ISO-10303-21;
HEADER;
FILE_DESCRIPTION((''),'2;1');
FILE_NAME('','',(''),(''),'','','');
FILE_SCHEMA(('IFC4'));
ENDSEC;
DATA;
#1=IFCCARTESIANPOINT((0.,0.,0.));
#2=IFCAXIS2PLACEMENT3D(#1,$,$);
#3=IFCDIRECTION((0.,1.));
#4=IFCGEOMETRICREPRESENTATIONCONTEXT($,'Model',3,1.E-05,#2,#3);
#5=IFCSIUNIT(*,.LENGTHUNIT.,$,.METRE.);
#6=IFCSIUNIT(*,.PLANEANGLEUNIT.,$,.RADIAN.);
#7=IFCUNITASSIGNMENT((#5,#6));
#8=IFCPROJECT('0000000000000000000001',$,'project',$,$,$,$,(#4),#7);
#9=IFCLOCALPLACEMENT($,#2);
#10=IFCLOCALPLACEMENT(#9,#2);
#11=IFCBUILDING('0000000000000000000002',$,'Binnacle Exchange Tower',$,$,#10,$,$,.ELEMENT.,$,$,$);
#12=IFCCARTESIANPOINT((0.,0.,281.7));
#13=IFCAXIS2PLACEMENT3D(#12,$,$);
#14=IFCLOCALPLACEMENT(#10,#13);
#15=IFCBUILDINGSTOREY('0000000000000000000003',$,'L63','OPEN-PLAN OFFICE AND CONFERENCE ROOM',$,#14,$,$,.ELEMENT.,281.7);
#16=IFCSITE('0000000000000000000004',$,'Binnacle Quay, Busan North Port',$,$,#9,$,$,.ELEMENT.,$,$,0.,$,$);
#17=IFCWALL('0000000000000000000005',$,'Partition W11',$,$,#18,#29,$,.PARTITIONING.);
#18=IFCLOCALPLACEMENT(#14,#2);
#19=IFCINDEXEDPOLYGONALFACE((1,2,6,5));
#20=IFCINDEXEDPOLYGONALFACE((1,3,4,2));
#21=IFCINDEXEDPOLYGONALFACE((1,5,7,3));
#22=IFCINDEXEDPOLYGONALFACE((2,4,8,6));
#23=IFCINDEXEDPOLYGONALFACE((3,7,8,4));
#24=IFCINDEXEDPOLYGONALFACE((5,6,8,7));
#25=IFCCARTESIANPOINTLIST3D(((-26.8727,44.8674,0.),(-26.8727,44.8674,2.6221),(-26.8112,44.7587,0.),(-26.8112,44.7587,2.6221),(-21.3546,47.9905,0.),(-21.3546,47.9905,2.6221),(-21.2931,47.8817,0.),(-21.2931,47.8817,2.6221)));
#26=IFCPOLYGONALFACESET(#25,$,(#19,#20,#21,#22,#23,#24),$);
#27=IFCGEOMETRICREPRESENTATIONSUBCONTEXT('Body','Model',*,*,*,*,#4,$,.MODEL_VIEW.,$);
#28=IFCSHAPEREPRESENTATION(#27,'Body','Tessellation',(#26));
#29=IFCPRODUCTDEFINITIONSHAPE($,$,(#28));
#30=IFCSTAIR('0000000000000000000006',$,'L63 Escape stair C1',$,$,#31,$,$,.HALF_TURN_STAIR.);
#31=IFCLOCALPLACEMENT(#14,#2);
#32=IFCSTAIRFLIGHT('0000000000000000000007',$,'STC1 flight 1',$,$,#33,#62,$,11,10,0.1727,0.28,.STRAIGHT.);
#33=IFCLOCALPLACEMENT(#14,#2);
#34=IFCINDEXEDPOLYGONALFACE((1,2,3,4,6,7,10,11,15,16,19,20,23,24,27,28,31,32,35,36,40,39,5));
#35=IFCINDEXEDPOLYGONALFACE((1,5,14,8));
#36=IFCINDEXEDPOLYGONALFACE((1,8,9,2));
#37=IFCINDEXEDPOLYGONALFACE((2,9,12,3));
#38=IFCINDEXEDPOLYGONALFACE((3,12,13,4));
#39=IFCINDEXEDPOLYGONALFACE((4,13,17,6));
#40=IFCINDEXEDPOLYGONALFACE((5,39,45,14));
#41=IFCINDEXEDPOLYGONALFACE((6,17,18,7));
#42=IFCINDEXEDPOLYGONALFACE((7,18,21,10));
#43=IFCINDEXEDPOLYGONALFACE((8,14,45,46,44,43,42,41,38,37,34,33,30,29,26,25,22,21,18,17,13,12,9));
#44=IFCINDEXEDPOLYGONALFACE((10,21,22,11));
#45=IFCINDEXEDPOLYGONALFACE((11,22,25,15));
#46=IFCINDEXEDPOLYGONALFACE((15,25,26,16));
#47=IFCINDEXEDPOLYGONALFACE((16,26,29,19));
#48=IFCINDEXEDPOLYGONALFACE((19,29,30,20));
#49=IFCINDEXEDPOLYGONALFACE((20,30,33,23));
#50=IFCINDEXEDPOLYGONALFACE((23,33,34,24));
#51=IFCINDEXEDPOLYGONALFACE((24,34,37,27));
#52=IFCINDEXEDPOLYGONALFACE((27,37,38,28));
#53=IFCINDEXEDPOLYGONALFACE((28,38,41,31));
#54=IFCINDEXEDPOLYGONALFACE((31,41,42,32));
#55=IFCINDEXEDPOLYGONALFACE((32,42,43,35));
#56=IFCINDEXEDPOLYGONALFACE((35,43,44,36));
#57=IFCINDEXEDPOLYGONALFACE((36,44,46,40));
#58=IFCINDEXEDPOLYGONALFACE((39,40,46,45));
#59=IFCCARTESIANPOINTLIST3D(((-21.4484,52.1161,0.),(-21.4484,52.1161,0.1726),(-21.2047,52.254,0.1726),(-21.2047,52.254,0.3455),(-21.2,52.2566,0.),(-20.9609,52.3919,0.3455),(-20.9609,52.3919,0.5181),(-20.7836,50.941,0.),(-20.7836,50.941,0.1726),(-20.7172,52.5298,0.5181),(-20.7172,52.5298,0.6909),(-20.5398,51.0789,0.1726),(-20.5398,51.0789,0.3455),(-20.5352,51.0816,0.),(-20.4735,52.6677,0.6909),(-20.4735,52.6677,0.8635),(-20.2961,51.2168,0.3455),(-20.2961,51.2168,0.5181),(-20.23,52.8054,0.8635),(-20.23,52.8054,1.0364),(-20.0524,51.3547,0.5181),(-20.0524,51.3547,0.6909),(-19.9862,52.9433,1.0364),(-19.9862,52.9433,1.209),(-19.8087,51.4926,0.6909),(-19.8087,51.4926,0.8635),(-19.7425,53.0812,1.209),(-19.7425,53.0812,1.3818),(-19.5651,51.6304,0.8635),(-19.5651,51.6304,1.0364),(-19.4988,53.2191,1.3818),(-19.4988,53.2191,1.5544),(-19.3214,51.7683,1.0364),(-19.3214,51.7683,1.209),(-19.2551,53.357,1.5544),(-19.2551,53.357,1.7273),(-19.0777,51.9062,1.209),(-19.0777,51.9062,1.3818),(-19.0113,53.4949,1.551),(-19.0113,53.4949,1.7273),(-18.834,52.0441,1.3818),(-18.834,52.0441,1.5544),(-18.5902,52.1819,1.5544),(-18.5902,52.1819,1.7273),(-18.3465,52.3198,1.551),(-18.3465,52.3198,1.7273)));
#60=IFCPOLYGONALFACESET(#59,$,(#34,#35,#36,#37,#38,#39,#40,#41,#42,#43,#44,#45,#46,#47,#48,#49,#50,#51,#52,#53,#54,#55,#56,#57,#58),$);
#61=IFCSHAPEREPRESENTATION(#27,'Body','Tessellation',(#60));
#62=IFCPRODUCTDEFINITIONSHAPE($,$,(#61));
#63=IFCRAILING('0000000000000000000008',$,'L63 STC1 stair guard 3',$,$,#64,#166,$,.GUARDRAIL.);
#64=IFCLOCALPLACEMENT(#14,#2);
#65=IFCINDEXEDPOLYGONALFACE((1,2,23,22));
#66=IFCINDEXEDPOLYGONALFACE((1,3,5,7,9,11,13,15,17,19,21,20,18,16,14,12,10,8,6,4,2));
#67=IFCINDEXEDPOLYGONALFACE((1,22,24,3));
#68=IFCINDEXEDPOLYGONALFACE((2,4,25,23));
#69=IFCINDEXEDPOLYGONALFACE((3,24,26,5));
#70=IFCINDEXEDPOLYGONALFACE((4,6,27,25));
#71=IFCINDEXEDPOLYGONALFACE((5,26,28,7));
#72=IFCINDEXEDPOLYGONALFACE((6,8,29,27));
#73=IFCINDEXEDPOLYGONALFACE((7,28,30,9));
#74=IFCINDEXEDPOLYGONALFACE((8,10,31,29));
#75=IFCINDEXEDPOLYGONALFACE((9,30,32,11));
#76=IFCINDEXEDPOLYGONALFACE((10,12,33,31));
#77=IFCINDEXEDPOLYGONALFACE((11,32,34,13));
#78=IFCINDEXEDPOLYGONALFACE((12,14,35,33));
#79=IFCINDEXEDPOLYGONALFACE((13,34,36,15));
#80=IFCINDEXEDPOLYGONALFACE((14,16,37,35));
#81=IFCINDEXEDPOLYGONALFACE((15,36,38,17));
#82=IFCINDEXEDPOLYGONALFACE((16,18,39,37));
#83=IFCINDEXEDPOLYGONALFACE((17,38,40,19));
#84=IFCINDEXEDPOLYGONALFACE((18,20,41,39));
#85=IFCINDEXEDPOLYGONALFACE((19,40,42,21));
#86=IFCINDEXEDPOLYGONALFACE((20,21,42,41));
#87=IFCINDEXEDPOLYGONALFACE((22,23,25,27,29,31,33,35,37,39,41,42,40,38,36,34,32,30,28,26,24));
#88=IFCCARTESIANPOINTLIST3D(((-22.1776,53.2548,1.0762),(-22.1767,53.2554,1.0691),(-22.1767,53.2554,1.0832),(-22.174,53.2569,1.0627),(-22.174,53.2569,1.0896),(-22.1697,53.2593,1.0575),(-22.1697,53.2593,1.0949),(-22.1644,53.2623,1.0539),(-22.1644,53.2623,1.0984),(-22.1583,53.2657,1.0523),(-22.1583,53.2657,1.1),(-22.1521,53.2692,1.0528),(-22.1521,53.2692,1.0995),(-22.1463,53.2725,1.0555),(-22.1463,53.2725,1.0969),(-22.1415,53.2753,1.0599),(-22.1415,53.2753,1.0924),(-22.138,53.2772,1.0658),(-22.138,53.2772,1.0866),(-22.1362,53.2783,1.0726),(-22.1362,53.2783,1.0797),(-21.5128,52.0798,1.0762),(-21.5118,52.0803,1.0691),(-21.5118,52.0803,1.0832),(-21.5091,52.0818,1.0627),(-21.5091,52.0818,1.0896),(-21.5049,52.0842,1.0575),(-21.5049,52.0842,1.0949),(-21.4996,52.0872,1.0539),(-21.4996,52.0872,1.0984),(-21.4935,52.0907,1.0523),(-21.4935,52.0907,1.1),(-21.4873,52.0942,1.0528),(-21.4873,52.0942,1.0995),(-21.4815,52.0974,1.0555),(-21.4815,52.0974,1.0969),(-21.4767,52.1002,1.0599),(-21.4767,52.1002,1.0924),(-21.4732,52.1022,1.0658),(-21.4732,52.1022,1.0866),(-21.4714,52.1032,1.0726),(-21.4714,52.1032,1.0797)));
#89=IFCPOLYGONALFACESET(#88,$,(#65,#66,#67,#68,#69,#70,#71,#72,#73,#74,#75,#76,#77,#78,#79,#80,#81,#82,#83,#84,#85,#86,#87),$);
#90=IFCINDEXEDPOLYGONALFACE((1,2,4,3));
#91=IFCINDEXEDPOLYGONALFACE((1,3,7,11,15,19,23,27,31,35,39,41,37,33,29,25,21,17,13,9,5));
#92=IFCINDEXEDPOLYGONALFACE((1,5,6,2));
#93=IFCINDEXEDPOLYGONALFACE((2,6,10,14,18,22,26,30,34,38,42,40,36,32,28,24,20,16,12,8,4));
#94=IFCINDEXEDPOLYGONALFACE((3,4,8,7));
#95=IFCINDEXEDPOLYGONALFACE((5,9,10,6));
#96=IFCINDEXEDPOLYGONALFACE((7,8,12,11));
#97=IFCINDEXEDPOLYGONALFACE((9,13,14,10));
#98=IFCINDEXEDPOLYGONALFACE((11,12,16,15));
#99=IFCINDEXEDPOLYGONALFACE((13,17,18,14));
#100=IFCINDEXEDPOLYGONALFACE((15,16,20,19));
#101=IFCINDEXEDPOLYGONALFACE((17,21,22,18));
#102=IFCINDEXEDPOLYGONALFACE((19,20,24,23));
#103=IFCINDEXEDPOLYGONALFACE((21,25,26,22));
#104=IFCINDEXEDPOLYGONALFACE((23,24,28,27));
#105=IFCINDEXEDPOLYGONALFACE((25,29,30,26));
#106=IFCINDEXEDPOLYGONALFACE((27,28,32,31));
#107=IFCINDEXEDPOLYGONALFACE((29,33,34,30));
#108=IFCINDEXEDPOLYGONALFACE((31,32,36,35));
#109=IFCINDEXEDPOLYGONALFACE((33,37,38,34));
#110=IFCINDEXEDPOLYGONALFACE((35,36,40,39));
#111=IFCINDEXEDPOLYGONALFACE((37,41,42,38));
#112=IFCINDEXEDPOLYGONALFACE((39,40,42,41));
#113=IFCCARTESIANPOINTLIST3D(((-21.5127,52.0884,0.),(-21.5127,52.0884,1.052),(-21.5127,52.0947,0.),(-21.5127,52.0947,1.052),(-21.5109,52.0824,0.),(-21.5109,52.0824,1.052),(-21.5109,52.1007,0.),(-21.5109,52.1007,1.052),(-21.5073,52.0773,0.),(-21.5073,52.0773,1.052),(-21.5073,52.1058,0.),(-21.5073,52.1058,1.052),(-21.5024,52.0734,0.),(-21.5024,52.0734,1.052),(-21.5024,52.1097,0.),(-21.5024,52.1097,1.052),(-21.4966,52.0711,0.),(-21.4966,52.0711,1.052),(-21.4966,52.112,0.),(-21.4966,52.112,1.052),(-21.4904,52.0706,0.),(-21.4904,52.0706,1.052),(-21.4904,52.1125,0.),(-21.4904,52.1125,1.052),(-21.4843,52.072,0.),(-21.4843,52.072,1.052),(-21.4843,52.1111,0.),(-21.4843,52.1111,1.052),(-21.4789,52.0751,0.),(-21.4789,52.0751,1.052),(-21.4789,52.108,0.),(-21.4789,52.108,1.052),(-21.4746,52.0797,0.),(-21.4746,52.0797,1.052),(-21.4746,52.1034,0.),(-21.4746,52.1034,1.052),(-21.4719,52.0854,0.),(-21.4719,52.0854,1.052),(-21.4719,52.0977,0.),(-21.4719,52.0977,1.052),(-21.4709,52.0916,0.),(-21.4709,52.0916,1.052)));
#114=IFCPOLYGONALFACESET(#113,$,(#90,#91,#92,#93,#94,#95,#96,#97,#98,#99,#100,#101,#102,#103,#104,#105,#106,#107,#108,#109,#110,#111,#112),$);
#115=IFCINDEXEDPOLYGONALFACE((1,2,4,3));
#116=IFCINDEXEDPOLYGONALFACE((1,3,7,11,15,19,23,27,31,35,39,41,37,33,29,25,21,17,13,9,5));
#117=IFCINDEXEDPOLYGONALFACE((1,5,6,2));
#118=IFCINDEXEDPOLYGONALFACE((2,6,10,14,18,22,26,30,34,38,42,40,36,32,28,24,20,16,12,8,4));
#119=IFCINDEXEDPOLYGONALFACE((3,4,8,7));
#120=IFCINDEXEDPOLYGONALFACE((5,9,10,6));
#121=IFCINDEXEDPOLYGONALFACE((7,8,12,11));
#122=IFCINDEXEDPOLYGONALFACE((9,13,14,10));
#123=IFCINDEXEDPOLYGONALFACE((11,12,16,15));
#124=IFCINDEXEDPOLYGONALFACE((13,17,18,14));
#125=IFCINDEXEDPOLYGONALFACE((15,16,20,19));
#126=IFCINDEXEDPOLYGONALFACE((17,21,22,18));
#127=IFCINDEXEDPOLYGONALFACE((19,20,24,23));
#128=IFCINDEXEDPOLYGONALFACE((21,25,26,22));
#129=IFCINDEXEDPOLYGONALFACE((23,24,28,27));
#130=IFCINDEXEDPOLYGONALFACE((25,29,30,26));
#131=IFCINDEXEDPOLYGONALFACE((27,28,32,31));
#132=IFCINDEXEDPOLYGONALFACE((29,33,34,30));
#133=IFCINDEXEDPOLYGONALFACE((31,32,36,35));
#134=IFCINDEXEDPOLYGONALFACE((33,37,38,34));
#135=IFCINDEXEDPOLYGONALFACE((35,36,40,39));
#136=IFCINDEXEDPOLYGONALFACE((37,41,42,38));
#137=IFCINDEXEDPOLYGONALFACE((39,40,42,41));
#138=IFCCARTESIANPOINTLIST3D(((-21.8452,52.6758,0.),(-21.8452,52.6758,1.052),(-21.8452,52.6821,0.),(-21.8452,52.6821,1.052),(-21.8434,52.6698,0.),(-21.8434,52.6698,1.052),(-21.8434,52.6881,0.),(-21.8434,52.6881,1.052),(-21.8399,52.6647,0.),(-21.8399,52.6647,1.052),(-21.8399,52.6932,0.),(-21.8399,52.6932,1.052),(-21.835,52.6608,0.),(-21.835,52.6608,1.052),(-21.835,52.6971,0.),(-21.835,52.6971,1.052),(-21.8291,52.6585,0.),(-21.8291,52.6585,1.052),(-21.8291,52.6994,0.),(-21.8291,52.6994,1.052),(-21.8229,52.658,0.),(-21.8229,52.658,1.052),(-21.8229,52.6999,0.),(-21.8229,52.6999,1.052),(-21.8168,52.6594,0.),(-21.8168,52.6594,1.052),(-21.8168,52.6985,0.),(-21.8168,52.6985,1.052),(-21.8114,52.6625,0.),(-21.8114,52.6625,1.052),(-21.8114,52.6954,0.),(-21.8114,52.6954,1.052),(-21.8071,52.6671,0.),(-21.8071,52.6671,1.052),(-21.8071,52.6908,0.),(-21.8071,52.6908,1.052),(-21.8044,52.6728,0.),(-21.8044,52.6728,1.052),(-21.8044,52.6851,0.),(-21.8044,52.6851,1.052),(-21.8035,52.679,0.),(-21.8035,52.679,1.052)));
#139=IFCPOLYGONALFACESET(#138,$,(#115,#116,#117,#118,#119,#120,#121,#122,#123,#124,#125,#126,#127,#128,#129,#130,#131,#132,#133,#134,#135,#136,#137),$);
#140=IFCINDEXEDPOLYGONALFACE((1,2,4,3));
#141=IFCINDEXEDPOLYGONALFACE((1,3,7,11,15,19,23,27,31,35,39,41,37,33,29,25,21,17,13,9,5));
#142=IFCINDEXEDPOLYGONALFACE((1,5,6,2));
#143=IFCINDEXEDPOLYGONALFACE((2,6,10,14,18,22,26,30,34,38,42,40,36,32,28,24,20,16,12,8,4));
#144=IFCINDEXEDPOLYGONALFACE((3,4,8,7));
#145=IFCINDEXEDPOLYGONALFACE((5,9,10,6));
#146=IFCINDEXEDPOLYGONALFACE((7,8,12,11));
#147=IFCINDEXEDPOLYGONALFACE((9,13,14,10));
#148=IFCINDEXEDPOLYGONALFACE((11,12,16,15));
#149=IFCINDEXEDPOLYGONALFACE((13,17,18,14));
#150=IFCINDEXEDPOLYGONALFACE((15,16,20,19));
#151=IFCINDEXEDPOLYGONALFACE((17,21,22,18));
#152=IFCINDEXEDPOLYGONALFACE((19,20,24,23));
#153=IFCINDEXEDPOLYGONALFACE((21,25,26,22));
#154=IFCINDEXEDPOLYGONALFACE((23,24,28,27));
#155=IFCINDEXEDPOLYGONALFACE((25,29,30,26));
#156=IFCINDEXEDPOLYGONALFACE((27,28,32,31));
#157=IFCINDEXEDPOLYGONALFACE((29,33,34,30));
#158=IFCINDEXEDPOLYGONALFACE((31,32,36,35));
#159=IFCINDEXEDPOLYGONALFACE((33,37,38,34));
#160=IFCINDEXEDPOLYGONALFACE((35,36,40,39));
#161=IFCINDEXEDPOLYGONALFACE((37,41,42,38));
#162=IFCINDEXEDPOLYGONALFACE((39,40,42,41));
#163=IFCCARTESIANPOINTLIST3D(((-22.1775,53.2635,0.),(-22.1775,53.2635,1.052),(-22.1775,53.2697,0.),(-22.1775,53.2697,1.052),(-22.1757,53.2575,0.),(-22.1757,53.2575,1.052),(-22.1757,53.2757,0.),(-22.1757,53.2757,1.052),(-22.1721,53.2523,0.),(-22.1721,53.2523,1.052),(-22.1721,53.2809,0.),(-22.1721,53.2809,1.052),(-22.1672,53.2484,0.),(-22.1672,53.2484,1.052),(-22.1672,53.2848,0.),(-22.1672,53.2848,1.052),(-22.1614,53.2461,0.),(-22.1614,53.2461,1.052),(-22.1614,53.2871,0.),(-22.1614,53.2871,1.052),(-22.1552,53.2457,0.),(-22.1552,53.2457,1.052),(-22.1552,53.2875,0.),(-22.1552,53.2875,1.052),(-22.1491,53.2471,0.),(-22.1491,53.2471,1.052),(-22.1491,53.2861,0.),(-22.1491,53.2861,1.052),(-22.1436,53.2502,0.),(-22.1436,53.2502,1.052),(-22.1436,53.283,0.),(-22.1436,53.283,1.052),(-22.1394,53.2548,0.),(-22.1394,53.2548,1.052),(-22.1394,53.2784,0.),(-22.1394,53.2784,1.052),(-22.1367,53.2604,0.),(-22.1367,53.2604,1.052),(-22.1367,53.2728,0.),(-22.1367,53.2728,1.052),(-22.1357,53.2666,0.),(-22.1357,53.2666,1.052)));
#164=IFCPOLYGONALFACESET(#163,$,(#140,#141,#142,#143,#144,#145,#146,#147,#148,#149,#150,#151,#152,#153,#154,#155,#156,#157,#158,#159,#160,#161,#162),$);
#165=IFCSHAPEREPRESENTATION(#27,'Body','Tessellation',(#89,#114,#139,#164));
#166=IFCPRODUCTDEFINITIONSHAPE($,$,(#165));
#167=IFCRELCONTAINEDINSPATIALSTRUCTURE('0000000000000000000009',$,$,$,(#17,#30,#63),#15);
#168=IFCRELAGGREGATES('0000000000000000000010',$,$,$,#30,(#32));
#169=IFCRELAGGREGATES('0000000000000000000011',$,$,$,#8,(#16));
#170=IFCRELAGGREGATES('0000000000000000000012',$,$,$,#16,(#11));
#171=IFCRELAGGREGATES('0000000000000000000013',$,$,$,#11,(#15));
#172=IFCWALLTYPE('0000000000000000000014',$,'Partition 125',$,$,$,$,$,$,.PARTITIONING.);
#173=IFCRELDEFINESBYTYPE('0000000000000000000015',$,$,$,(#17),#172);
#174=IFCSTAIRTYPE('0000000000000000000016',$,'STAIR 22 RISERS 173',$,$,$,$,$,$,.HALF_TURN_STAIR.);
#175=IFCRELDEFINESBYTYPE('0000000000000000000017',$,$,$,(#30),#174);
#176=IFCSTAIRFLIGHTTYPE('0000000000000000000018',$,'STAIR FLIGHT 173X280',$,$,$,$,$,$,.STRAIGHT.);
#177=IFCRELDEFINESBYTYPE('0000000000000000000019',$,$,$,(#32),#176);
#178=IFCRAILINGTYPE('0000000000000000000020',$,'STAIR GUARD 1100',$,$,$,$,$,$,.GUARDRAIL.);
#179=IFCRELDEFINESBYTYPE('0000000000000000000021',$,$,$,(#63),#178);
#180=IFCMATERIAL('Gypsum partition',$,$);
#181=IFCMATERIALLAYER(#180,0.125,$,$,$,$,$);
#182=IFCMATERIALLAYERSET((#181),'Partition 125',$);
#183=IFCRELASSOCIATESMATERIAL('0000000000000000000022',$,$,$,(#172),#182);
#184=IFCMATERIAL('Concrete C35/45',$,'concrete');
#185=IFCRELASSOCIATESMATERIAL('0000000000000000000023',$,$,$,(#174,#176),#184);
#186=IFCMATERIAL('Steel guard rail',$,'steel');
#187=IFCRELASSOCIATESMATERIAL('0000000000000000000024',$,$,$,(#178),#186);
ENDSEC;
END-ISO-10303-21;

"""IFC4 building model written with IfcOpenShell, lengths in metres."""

from ifc_helpers import new_model, si_unit, direction, frame, frame_2d, origin, origin_2d, place, context, subcontext, project, spatial, polyline, rectangle, circle, outline, extrude, material, layer, layer_set, type_object, element, aggregate, save


model = new_model("IFC4")

# Units and contexts
model_context = context("Model", 3, precision=1e-05, world=origin(), true_north=direction((0.0, 1.0)))
body_context = subcontext(model_context, "Body", "Model", "MODEL_VIEW")
ifc_project = project(units=[si_unit("LENGTHUNIT", "METRE"), si_unit("PLANEANGLEUNIT", "RADIAN")], contexts=[model_context])

# Site, building, storey
site_placement = place(None, origin())
site = spatial("IfcSite", under=ifc_project, at=site_placement, Name="Binnacle Quay, Busan North Port", CompositionType="ELEMENT", RefElevation=0.0)
building_placement = place(site_placement, origin())
building = spatial("IfcBuilding", under=site, at=building_placement, Name="Binnacle Exchange Tower", CompositionType="ELEMENT")
storey_placement = place(building_placement, frame((0.0, 0.0, 281.7)))
storey = spatial("IfcBuildingStorey", under=building, at=storey_placement, Name="L63", Description="OPEN-PLAN OFFICE AND CONFERENCE ROOM", CompositionType="ELEMENT", Elevation=281.7)

# Shared definitions
ifc_material_1 = material(Name="Gypsum partition")
ifc_layer_1 = layer(ifc_material_1, 0.125)
ifc_layer_set_1 = layer_set([ifc_layer_1], Name="Partition 125")
wall_type_1 = type_object("IfcWallType", Name="Partition 125", PredefinedType="PARTITIONING", material=ifc_layer_set_1)

# Wall
wall_1_placement = place(storey_placement, frame((-26.842, 44.813, 0.0), z_axis=(0.0, 0.0, 1.0), x_axis=(0.870283, 0.492552, 0.0)))
element("IfcWall", 1, at=wall_1_placement, inside=storey, type_object=wall_type_1, Name="Partition W11", PredefinedType="PARTITIONING", context=body_context, shape_type="SweptSolid", body=[
    extrude(rectangle(XDim=6.3406, YDim=0.125, at=frame_2d((3.1704, 0.0))), origin(), (0.0, 0.0, 1.0), 2.6221),
])

# Stair, stair flight
ifc_material_2 = material(Name="Concrete C35/45", Category="concrete")
stair_type = type_object("IfcStairType", Name="STAIR 22 RISERS 173", PredefinedType="HALF_TURN_STAIR", material=ifc_material_2)
stair_placement = place(storey_placement, origin())
stair = element("IfcStair", 2, at=stair_placement, inside=storey, type_object=stair_type, Name="L63 Escape stair C1", PredefinedType="HALF_TURN_STAIR")
stair_flight_type = type_object("IfcStairFlightType", Name="STAIR FLIGHT 173X280", PredefinedType="STRAIGHT", material=ifc_material_2)
stair_flight_placement = place(storey_placement, frame((-21.116, 51.5286, 0.0), z_axis=(0.0, 0.0, 1.0), x_axis=(0.870356, 0.492424, 0.0)))
stair_flight = element("IfcStairFlight", 3, at=stair_flight_placement, type_object=stair_flight_type, Name="STC1 flight 1", NumberOfRisers=11, NumberOfTreads=10, PredefinedType="STRAIGHT", RiserHeight=0.1727, TreadLength=0.28, context=body_context, shape_type="SweptSolid", body=[
    extrude(outline(polyline([(0.0, 0.0), (0.0, 0.1726), (0.28, 0.1726), (0.28, 0.3455), (0.5601, 0.3455), (0.5601, 0.5181), (0.8401, 0.5181), (0.8401, 0.6909), (1.1201, 0.6909), (1.1201, 0.8635), (1.3999, 0.8635), (1.3999, 1.0364), (1.6799, 1.0364), (1.6799, 1.209), (1.96, 1.209), (1.96, 1.3818), (2.24, 1.3818), (2.24, 1.5544), (2.52, 1.5544), (2.52, 1.7273), (2.8, 1.7273), (2.8, 1.8999), (2.8, 1.551), (0.2854, 0.0), (0.0, 0.0)])), frame((0.0, 0.675, 0.0), z_axis=(0.0, -1.0, 0.0), x_axis=(1.0, 0.0, 0.0)), (0.0, 0.0, 1.0), 1.3501),
])
aggregate(stair, [stair_flight])

# Railing
ifc_material_3 = material(Name="Steel guard rail", Category="steel")
railing_type_1 = type_object("IfcRailingType", Name="STAIR GUARD 1100", PredefinedType="GUARDRAIL", material=ifc_material_3)
railing_1_placement = place(storey_placement, frame((-21.4919, 52.0916, 0.0)))
element("IfcRailing", 4, at=railing_1_placement, inside=storey, type_object=railing_type_1, Name="L63 STC1 stair guard 3", PredefinedType="GUARDRAIL", context=body_context, shape_type="SweptSolid", body=[
    extrude(circle(Radius=0.0239, at=origin_2d()), frame((0.0, 0.0, 1.0762), z_axis=(-0.492415, 0.870361, 0.0), x_axis=(-0.870361, -0.492415, 0.0)), (0.0, 0.0, 1.0), 1.3501),
    extrude(circle(Radius=0.021, at=origin_2d()), origin(), (0.0, 0.0, 1.0), 1.052),
    extrude(circle(Radius=0.021, at=origin_2d()), frame((-0.3325, 0.5874, 0.0)), (0.0, 0.0, 1.0), 1.052),
    extrude(circle(Radius=0.021, at=origin_2d()), frame((-0.6648, 1.175, 0.0)), (0.0, 0.0, 1.0), 1.052),
])

save(model, "model.ifc")
